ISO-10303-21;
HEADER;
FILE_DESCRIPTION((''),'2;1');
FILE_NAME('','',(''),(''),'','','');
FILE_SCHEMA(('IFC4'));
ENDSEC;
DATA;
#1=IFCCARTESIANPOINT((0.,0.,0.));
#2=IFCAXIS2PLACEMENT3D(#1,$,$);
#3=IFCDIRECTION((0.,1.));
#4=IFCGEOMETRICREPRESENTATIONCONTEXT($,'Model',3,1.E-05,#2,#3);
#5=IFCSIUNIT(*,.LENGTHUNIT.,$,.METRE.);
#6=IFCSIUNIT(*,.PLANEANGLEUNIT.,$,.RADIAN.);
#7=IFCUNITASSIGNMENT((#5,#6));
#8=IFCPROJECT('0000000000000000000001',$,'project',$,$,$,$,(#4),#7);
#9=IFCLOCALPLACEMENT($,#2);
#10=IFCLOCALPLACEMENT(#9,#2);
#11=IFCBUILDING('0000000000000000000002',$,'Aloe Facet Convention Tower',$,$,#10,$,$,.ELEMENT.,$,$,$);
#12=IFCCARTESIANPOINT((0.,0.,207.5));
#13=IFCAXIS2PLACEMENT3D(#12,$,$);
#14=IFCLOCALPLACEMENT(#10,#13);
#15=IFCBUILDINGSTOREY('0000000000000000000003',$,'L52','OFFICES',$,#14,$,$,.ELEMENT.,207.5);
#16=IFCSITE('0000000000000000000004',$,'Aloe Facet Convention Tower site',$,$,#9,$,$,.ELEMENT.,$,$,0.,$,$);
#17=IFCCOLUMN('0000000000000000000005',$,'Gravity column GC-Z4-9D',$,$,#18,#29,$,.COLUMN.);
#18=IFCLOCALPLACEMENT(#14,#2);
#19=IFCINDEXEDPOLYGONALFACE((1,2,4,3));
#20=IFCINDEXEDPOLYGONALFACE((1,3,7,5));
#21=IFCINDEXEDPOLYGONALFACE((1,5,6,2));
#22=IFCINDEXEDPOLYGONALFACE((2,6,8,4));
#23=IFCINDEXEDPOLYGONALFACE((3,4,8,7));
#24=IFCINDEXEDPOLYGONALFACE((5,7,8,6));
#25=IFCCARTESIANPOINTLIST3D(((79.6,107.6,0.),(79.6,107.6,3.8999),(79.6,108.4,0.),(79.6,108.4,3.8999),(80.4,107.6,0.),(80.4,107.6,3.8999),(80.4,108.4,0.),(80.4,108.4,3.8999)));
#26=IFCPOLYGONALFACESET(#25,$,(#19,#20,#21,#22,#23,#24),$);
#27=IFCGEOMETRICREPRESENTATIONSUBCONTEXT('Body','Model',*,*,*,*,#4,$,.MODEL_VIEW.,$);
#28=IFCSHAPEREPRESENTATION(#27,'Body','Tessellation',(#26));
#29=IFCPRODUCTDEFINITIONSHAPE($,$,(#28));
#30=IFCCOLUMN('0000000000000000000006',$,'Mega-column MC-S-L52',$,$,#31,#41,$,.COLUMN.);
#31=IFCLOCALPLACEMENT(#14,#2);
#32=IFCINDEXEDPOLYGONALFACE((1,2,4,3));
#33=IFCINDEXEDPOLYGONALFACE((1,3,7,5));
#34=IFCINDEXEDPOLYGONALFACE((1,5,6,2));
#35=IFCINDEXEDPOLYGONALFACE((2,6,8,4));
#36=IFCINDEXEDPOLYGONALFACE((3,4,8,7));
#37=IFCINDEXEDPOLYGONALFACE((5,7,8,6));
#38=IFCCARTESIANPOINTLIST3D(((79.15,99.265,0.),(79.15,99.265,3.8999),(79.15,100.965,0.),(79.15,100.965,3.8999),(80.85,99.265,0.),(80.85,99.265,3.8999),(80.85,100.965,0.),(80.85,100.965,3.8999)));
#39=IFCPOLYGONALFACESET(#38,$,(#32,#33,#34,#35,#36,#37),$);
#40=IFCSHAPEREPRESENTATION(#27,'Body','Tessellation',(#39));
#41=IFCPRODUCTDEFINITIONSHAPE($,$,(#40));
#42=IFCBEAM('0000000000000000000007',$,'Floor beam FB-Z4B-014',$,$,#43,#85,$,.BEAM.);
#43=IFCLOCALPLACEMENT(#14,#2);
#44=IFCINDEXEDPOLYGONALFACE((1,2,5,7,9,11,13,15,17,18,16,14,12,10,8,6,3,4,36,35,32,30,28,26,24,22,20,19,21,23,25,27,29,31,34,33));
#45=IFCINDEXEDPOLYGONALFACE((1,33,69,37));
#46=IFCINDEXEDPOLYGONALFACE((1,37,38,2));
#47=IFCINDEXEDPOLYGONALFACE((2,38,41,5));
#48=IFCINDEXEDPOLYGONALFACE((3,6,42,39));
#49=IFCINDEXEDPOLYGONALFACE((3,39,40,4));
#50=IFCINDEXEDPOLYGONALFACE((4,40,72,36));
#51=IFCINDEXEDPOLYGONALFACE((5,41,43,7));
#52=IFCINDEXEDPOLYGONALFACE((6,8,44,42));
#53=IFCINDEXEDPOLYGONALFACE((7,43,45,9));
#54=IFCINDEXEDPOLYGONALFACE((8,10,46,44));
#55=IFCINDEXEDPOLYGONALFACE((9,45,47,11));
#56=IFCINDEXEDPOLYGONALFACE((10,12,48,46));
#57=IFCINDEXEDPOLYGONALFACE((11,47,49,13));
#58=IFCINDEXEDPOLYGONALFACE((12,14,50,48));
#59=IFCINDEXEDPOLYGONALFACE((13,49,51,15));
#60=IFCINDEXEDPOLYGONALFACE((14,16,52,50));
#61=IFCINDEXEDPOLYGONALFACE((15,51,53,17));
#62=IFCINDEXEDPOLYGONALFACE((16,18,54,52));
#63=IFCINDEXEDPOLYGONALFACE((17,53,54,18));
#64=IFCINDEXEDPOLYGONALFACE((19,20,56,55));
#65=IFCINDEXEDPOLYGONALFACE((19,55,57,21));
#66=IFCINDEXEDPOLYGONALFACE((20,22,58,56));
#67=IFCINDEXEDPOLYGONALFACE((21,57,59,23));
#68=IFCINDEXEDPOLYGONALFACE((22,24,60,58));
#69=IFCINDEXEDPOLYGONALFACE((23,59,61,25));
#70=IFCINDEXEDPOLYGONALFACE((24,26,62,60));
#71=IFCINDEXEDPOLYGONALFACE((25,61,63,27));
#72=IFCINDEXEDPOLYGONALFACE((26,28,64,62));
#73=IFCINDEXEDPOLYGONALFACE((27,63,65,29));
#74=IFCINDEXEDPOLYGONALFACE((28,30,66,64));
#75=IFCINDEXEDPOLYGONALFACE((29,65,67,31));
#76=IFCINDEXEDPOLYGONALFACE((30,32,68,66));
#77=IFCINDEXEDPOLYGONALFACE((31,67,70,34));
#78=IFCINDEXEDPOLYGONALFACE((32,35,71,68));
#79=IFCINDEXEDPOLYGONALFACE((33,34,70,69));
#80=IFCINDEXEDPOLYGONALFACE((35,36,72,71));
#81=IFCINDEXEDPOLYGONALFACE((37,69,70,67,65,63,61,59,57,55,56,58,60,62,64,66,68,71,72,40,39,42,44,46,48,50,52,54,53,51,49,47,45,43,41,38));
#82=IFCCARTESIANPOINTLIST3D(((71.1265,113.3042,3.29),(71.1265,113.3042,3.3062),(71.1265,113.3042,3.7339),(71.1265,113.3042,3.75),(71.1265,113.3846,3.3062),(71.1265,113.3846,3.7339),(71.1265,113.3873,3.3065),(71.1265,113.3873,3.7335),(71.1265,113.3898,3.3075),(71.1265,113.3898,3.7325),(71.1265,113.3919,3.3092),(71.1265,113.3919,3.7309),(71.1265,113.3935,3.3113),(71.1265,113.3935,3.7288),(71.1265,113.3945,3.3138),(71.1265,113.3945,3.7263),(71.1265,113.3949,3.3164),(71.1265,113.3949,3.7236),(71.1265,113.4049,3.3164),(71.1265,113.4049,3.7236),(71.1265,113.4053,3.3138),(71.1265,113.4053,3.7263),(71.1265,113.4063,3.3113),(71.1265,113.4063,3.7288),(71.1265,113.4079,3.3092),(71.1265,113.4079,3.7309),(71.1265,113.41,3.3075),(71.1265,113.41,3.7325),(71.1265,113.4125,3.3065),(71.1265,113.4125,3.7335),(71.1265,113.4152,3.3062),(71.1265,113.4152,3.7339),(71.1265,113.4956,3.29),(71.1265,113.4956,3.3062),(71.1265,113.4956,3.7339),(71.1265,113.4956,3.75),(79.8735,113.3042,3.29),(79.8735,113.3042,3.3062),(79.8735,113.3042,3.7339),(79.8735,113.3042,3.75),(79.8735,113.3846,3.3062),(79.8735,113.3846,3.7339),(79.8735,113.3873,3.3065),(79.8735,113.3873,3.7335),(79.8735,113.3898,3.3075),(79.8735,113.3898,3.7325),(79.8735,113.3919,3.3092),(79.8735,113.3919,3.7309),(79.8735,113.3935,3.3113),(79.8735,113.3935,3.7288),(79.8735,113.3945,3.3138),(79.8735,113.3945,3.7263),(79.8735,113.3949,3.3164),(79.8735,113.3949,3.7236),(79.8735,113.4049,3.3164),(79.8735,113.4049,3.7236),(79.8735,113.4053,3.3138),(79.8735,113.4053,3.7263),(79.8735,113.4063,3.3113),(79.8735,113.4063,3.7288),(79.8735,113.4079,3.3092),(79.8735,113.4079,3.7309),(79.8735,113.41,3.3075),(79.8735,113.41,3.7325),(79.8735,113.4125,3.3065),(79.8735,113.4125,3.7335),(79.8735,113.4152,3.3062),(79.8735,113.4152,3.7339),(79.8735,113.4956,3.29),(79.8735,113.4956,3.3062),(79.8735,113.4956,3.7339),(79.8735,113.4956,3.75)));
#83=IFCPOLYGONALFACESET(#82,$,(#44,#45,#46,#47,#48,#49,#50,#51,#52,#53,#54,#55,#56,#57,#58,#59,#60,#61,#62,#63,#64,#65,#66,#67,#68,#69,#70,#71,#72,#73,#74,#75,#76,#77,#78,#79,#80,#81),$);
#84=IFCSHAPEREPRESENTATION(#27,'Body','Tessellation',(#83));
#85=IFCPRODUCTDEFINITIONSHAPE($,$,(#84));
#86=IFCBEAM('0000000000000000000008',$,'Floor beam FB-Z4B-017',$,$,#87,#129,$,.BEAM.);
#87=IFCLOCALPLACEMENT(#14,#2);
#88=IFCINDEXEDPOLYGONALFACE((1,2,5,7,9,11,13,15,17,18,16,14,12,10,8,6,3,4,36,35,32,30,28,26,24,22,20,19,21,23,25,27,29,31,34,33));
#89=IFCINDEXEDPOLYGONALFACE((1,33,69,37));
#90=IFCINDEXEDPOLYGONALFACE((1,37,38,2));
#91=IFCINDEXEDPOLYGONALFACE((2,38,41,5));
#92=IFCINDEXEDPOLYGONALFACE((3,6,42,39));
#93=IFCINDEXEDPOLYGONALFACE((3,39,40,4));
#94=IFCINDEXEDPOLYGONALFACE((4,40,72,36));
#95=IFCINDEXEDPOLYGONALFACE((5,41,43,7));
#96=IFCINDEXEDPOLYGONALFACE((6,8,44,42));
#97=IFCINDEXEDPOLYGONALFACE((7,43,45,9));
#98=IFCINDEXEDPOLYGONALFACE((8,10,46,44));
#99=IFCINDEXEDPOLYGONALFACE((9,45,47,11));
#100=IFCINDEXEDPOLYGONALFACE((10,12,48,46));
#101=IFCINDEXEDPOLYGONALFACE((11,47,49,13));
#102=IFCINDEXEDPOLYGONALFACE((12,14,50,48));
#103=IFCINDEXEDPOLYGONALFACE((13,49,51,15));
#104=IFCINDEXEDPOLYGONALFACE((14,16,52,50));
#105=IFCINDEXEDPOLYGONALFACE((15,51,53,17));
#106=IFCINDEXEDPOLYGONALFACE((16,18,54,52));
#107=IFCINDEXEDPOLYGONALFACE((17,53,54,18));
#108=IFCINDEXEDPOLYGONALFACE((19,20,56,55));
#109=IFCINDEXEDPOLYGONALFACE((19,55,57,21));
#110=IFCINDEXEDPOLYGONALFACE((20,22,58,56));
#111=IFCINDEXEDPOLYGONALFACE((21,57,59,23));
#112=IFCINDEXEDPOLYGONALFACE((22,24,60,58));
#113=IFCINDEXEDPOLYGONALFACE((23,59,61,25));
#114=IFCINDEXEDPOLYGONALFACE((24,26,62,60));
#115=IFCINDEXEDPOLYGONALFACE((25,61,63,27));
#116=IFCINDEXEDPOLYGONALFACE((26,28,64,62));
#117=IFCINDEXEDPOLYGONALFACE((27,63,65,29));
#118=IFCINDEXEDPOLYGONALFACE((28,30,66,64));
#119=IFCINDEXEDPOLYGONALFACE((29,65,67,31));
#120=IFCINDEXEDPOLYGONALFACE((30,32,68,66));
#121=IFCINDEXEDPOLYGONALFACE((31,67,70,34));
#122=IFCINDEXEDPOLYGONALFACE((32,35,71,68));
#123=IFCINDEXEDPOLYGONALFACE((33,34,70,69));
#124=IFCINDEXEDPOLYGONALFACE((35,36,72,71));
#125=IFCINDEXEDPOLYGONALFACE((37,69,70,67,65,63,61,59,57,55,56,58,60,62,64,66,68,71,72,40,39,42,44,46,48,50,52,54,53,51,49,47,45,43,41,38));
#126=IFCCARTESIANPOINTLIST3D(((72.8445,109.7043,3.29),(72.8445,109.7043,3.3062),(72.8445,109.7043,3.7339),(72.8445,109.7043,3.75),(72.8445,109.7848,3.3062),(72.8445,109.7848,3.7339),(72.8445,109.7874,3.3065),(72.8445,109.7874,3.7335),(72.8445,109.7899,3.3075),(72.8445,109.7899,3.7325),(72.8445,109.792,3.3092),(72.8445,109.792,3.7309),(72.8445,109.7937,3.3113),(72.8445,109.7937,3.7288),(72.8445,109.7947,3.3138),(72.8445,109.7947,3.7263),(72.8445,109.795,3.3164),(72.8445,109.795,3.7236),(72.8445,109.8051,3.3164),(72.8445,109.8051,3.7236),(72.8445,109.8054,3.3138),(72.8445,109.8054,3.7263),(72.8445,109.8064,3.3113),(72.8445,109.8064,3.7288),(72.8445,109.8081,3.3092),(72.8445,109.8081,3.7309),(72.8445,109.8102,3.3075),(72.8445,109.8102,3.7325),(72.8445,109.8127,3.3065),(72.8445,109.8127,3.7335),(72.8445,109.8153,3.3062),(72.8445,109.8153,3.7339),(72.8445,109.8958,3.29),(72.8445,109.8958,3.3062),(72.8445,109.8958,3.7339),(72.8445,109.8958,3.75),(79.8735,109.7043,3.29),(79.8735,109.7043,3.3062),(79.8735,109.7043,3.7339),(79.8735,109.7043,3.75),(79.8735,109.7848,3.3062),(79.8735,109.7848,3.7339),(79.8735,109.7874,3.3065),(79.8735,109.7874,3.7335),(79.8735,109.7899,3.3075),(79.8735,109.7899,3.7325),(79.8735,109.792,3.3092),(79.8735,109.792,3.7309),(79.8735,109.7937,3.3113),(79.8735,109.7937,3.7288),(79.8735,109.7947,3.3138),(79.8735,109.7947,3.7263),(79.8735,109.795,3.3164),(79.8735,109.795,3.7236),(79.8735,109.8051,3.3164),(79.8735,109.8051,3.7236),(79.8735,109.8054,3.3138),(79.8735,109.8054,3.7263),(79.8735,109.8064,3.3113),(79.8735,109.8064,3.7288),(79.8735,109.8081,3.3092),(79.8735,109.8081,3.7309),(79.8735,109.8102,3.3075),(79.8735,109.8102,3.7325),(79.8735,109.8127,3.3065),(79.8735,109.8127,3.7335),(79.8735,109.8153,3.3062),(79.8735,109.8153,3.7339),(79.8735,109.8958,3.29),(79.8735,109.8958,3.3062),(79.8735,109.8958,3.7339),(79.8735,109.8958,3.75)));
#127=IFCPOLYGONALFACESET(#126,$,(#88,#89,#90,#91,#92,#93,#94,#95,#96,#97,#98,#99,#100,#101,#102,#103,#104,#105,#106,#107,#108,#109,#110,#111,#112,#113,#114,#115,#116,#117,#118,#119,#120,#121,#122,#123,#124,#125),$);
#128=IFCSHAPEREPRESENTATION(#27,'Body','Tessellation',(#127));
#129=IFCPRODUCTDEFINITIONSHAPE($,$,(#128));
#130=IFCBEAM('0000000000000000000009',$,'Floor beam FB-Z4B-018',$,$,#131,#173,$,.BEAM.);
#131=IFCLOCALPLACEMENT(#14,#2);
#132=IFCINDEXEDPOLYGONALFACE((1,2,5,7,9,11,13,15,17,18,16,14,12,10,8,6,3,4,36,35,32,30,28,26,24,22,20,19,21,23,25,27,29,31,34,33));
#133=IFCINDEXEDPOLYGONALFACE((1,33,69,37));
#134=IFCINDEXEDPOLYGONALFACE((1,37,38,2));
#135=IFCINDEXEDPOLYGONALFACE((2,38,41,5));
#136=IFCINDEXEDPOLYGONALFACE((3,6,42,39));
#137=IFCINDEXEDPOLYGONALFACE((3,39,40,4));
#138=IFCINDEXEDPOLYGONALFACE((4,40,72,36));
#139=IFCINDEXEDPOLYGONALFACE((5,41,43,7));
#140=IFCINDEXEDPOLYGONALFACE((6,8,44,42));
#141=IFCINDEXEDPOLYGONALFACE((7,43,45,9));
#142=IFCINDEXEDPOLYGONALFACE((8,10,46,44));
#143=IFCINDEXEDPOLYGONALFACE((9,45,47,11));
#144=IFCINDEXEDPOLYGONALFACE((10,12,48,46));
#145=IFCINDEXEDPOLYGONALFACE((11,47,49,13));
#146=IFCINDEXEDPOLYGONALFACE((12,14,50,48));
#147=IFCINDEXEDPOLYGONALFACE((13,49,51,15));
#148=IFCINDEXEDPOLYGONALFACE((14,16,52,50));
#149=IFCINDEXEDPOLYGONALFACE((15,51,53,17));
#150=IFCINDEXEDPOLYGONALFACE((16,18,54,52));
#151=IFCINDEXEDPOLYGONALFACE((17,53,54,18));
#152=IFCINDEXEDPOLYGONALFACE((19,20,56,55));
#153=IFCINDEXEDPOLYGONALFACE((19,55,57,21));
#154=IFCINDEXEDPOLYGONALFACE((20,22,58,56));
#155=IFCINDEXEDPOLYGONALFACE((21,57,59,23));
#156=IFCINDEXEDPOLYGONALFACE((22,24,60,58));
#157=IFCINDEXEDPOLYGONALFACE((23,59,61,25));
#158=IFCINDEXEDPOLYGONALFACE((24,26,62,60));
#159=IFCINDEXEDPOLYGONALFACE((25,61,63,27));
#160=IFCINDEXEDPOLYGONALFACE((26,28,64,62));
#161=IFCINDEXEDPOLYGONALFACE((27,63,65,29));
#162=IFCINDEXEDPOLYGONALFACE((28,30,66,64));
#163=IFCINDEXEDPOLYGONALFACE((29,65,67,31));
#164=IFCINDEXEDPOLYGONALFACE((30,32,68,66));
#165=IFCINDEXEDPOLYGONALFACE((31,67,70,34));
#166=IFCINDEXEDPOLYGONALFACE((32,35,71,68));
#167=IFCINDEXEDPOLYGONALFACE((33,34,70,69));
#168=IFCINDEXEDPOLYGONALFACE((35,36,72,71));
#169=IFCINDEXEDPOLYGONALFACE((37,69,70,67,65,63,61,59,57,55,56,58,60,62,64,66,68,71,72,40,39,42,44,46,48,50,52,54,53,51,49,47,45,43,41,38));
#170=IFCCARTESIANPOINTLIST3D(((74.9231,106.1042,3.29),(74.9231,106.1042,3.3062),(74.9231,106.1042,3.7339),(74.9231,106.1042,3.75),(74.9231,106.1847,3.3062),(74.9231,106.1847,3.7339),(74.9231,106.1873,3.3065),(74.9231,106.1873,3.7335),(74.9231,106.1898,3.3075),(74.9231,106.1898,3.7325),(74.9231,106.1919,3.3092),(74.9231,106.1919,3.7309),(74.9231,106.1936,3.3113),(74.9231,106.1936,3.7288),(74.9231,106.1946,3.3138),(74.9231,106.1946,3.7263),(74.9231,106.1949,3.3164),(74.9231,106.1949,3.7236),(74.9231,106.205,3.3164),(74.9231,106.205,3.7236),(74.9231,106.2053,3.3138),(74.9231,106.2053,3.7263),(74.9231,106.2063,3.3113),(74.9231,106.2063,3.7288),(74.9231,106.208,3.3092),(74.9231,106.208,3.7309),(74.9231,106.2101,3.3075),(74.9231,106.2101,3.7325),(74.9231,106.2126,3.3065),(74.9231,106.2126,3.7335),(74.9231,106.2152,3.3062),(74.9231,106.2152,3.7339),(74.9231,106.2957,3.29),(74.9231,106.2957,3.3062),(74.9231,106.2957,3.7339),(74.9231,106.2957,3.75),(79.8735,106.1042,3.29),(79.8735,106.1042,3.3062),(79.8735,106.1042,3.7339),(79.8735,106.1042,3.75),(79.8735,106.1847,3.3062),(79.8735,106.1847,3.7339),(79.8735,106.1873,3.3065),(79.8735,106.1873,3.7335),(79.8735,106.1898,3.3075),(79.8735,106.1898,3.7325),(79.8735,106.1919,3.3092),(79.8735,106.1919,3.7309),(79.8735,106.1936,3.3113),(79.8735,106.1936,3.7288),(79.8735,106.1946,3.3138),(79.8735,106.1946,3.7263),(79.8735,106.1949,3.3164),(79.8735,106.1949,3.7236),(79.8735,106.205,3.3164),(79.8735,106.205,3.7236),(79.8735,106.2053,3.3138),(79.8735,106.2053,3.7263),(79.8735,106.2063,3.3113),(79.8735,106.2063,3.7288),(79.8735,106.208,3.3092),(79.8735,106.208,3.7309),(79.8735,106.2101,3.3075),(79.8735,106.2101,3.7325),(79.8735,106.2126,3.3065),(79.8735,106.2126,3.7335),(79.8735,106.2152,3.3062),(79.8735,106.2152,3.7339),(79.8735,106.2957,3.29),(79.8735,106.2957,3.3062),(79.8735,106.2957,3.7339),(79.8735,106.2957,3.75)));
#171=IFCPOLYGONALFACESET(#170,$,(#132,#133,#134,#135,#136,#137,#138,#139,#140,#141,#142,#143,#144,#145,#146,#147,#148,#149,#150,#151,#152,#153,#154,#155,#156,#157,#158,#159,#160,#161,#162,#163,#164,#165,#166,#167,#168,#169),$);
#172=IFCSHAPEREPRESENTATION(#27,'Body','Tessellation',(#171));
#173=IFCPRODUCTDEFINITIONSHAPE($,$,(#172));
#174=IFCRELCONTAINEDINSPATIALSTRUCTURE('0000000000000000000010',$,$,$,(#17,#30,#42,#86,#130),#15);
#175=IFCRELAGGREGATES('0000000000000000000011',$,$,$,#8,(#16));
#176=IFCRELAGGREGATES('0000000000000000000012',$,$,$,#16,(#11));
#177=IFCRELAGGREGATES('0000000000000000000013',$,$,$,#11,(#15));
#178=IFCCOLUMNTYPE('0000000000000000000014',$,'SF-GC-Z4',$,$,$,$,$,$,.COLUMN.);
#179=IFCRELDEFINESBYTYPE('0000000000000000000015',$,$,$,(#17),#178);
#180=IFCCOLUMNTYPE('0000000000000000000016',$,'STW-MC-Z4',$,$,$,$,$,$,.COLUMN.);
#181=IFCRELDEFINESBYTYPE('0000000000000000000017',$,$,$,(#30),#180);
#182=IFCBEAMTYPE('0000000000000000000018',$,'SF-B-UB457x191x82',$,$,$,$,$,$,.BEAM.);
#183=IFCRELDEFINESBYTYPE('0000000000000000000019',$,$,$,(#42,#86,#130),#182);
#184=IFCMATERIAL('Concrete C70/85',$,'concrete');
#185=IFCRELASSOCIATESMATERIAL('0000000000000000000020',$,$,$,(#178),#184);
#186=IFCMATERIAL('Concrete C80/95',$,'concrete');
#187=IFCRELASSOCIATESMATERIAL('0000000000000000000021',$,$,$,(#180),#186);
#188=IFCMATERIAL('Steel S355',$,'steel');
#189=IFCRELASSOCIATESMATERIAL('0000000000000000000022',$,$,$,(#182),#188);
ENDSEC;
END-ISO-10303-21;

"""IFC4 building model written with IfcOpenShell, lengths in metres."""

from ifc_helpers import new_model, si_unit, direction, frame, origin, origin_2d, place, context, subcontext, project, spatial, rectangle, i_section, extrude, material, material_profile, profile_set, type_object, element, save


model = new_model("IFC4")

# Units and contexts
model_context = context("Model", 3, precision=1e-05, world=origin(), true_north=direction((0.0, 1.0)))
body_context = subcontext(model_context, "Body", "Model", "MODEL_VIEW")
ifc_project = project(units=[si_unit("LENGTHUNIT", "METRE"), si_unit("PLANEANGLEUNIT", "RADIAN")], contexts=[model_context])

# Site, building, storey
site_placement = place(None, origin())
site = spatial("IfcSite", under=ifc_project, at=site_placement, Name="Aloe Facet Convention Tower site", CompositionType="ELEMENT", RefElevation=0.0)
building_placement = place(site_placement, origin())
building = spatial("IfcBuilding", under=site, at=building_placement, Name="Aloe Facet Convention Tower", CompositionType="ELEMENT")
storey_placement = place(building_placement, frame((0.0, 0.0, 207.5)))
storey = spatial("IfcBuildingStorey", under=building, at=storey_placement, Name="L52", Description="OFFICES", CompositionType="ELEMENT", Elevation=207.5)

# Columns
ifc_material_1 = material(Name="Concrete C70/85", Category="concrete")
ifc_material_profile_1 = material_profile(ifc_material_1, rectangle(XDim=0.8, YDim=0.8, at=origin_2d()), Name="SF-GC-Z4")
ifc_profile_set_1 = profile_set([ifc_material_profile_1], Name="Concrete C70/85")
column_type_1 = type_object("IfcColumnType", Name="SF-GC-Z4", PredefinedType="COLUMN", material=ifc_profile_set_1)
column_1_placement = place(storey_placement, frame((80.0, 108.0, 0.0), z_axis=(0.0, 0.0, 1.0), x_axis=(1.0, 0.0, 0.0)))
element("IfcColumn", 1, at=column_1_placement, inside=storey, type_object=column_type_1, Name="Gravity column GC-Z4-9D", PredefinedType="COLUMN", context=body_context, shape_type="SweptSolid", body=[
    extrude(rectangle(XDim=0.8, YDim=0.8, at=origin_2d()), origin(), (0.0, 0.0, 1.0), 3.8999),
])
ifc_material_2 = material(Name="Concrete C80/95", Category="concrete")
ifc_material_profile_2 = material_profile(ifc_material_2, rectangle(XDim=1.7, YDim=1.7, at=origin_2d()), Name="STW-MC-Z4")
ifc_profile_set_2 = profile_set([ifc_material_profile_2], Name="Concrete C80/95")
column_type_2 = type_object("IfcColumnType", Name="STW-MC-Z4", PredefinedType="COLUMN", material=ifc_profile_set_2)
column_2_placement = place(storey_placement, frame((80.0, 100.115, 0.0), z_axis=(0.0, 0.0, 1.0), x_axis=(1.0, 0.0, 0.0)))
element("IfcColumn", 2, at=column_2_placement, inside=storey, type_object=column_type_2, Name="Mega-column MC-S-L52", PredefinedType="COLUMN", context=body_context, shape_type="SweptSolid", body=[
    extrude(rectangle(XDim=1.7, YDim=1.7, at=origin_2d()), origin(), (0.0, 0.0, 1.0), 3.8999),
])

# Beams
ifc_material_3 = material(Name="Steel S355", Category="steel")
ifc_material_profile_3 = material_profile(ifc_material_3, i_section(OverallWidth=0.1914, OverallDepth=0.46, WebThickness=0.01, FlangeThickness=0.0161, FilletRadius=0.0103, at=origin_2d()), Name="UB 457x191x82")
ifc_profile_set_3 = profile_set([ifc_material_profile_3], Name="Steel S355")
beam_type_1 = type_object("IfcBeamType", Name="SF-B-UB457x191x82", PredefinedType="BEAM", material=ifc_profile_set_3)
beam_1_placement = place(storey_placement, frame((71.1265, 113.3999, 3.52), z_axis=(1.0, 0.0, 0.0), x_axis=(0.0, 1.0, 0.0)))
element("IfcBeam", 3, at=beam_1_placement, inside=storey, type_object=beam_type_1, Name="Floor beam FB-Z4B-014", PredefinedType="BEAM", context=body_context, shape_type="SweptSolid", body=[
    extrude(i_section(OverallWidth=0.1914, OverallDepth=0.46, WebThickness=0.01, FlangeThickness=0.0161, FilletRadius=0.0103, at=origin_2d()), origin(), (0.0, 0.0, 1.0), 8.7471),
])
beam_2_placement = place(storey_placement, frame((72.8445, 109.8, 3.52), z_axis=(1.0, 0.0, 0.0), x_axis=(0.0, 1.0, 0.0)))
element("IfcBeam", 4, at=beam_2_placement, inside=storey, type_object=beam_type_1, Name="Floor beam FB-Z4B-017", PredefinedType="BEAM", context=body_context, shape_type="SweptSolid", body=[
    extrude(i_section(OverallWidth=0.1914, OverallDepth=0.46, WebThickness=0.01, FlangeThickness=0.0161, FilletRadius=0.0103, at=origin_2d()), origin(), (0.0, 0.0, 1.0), 7.0291),
])
beam_3_placement = place(storey_placement, frame((74.9231, 106.2, 3.52), z_axis=(1.0, 0.0, 0.0), x_axis=(0.0, 1.0, 0.0)))
element("IfcBeam", 5, at=beam_3_placement, inside=storey, type_object=beam_type_1, Name="Floor beam FB-Z4B-018", PredefinedType="BEAM", context=body_context, shape_type="SweptSolid", body=[
    extrude(i_section(OverallWidth=0.1914, OverallDepth=0.46, WebThickness=0.01, FlangeThickness=0.0161, FilletRadius=0.0103, at=origin_2d()), origin(), (0.0, 0.0, 1.0), 4.9504),
])

save(model, "model.ifc")
